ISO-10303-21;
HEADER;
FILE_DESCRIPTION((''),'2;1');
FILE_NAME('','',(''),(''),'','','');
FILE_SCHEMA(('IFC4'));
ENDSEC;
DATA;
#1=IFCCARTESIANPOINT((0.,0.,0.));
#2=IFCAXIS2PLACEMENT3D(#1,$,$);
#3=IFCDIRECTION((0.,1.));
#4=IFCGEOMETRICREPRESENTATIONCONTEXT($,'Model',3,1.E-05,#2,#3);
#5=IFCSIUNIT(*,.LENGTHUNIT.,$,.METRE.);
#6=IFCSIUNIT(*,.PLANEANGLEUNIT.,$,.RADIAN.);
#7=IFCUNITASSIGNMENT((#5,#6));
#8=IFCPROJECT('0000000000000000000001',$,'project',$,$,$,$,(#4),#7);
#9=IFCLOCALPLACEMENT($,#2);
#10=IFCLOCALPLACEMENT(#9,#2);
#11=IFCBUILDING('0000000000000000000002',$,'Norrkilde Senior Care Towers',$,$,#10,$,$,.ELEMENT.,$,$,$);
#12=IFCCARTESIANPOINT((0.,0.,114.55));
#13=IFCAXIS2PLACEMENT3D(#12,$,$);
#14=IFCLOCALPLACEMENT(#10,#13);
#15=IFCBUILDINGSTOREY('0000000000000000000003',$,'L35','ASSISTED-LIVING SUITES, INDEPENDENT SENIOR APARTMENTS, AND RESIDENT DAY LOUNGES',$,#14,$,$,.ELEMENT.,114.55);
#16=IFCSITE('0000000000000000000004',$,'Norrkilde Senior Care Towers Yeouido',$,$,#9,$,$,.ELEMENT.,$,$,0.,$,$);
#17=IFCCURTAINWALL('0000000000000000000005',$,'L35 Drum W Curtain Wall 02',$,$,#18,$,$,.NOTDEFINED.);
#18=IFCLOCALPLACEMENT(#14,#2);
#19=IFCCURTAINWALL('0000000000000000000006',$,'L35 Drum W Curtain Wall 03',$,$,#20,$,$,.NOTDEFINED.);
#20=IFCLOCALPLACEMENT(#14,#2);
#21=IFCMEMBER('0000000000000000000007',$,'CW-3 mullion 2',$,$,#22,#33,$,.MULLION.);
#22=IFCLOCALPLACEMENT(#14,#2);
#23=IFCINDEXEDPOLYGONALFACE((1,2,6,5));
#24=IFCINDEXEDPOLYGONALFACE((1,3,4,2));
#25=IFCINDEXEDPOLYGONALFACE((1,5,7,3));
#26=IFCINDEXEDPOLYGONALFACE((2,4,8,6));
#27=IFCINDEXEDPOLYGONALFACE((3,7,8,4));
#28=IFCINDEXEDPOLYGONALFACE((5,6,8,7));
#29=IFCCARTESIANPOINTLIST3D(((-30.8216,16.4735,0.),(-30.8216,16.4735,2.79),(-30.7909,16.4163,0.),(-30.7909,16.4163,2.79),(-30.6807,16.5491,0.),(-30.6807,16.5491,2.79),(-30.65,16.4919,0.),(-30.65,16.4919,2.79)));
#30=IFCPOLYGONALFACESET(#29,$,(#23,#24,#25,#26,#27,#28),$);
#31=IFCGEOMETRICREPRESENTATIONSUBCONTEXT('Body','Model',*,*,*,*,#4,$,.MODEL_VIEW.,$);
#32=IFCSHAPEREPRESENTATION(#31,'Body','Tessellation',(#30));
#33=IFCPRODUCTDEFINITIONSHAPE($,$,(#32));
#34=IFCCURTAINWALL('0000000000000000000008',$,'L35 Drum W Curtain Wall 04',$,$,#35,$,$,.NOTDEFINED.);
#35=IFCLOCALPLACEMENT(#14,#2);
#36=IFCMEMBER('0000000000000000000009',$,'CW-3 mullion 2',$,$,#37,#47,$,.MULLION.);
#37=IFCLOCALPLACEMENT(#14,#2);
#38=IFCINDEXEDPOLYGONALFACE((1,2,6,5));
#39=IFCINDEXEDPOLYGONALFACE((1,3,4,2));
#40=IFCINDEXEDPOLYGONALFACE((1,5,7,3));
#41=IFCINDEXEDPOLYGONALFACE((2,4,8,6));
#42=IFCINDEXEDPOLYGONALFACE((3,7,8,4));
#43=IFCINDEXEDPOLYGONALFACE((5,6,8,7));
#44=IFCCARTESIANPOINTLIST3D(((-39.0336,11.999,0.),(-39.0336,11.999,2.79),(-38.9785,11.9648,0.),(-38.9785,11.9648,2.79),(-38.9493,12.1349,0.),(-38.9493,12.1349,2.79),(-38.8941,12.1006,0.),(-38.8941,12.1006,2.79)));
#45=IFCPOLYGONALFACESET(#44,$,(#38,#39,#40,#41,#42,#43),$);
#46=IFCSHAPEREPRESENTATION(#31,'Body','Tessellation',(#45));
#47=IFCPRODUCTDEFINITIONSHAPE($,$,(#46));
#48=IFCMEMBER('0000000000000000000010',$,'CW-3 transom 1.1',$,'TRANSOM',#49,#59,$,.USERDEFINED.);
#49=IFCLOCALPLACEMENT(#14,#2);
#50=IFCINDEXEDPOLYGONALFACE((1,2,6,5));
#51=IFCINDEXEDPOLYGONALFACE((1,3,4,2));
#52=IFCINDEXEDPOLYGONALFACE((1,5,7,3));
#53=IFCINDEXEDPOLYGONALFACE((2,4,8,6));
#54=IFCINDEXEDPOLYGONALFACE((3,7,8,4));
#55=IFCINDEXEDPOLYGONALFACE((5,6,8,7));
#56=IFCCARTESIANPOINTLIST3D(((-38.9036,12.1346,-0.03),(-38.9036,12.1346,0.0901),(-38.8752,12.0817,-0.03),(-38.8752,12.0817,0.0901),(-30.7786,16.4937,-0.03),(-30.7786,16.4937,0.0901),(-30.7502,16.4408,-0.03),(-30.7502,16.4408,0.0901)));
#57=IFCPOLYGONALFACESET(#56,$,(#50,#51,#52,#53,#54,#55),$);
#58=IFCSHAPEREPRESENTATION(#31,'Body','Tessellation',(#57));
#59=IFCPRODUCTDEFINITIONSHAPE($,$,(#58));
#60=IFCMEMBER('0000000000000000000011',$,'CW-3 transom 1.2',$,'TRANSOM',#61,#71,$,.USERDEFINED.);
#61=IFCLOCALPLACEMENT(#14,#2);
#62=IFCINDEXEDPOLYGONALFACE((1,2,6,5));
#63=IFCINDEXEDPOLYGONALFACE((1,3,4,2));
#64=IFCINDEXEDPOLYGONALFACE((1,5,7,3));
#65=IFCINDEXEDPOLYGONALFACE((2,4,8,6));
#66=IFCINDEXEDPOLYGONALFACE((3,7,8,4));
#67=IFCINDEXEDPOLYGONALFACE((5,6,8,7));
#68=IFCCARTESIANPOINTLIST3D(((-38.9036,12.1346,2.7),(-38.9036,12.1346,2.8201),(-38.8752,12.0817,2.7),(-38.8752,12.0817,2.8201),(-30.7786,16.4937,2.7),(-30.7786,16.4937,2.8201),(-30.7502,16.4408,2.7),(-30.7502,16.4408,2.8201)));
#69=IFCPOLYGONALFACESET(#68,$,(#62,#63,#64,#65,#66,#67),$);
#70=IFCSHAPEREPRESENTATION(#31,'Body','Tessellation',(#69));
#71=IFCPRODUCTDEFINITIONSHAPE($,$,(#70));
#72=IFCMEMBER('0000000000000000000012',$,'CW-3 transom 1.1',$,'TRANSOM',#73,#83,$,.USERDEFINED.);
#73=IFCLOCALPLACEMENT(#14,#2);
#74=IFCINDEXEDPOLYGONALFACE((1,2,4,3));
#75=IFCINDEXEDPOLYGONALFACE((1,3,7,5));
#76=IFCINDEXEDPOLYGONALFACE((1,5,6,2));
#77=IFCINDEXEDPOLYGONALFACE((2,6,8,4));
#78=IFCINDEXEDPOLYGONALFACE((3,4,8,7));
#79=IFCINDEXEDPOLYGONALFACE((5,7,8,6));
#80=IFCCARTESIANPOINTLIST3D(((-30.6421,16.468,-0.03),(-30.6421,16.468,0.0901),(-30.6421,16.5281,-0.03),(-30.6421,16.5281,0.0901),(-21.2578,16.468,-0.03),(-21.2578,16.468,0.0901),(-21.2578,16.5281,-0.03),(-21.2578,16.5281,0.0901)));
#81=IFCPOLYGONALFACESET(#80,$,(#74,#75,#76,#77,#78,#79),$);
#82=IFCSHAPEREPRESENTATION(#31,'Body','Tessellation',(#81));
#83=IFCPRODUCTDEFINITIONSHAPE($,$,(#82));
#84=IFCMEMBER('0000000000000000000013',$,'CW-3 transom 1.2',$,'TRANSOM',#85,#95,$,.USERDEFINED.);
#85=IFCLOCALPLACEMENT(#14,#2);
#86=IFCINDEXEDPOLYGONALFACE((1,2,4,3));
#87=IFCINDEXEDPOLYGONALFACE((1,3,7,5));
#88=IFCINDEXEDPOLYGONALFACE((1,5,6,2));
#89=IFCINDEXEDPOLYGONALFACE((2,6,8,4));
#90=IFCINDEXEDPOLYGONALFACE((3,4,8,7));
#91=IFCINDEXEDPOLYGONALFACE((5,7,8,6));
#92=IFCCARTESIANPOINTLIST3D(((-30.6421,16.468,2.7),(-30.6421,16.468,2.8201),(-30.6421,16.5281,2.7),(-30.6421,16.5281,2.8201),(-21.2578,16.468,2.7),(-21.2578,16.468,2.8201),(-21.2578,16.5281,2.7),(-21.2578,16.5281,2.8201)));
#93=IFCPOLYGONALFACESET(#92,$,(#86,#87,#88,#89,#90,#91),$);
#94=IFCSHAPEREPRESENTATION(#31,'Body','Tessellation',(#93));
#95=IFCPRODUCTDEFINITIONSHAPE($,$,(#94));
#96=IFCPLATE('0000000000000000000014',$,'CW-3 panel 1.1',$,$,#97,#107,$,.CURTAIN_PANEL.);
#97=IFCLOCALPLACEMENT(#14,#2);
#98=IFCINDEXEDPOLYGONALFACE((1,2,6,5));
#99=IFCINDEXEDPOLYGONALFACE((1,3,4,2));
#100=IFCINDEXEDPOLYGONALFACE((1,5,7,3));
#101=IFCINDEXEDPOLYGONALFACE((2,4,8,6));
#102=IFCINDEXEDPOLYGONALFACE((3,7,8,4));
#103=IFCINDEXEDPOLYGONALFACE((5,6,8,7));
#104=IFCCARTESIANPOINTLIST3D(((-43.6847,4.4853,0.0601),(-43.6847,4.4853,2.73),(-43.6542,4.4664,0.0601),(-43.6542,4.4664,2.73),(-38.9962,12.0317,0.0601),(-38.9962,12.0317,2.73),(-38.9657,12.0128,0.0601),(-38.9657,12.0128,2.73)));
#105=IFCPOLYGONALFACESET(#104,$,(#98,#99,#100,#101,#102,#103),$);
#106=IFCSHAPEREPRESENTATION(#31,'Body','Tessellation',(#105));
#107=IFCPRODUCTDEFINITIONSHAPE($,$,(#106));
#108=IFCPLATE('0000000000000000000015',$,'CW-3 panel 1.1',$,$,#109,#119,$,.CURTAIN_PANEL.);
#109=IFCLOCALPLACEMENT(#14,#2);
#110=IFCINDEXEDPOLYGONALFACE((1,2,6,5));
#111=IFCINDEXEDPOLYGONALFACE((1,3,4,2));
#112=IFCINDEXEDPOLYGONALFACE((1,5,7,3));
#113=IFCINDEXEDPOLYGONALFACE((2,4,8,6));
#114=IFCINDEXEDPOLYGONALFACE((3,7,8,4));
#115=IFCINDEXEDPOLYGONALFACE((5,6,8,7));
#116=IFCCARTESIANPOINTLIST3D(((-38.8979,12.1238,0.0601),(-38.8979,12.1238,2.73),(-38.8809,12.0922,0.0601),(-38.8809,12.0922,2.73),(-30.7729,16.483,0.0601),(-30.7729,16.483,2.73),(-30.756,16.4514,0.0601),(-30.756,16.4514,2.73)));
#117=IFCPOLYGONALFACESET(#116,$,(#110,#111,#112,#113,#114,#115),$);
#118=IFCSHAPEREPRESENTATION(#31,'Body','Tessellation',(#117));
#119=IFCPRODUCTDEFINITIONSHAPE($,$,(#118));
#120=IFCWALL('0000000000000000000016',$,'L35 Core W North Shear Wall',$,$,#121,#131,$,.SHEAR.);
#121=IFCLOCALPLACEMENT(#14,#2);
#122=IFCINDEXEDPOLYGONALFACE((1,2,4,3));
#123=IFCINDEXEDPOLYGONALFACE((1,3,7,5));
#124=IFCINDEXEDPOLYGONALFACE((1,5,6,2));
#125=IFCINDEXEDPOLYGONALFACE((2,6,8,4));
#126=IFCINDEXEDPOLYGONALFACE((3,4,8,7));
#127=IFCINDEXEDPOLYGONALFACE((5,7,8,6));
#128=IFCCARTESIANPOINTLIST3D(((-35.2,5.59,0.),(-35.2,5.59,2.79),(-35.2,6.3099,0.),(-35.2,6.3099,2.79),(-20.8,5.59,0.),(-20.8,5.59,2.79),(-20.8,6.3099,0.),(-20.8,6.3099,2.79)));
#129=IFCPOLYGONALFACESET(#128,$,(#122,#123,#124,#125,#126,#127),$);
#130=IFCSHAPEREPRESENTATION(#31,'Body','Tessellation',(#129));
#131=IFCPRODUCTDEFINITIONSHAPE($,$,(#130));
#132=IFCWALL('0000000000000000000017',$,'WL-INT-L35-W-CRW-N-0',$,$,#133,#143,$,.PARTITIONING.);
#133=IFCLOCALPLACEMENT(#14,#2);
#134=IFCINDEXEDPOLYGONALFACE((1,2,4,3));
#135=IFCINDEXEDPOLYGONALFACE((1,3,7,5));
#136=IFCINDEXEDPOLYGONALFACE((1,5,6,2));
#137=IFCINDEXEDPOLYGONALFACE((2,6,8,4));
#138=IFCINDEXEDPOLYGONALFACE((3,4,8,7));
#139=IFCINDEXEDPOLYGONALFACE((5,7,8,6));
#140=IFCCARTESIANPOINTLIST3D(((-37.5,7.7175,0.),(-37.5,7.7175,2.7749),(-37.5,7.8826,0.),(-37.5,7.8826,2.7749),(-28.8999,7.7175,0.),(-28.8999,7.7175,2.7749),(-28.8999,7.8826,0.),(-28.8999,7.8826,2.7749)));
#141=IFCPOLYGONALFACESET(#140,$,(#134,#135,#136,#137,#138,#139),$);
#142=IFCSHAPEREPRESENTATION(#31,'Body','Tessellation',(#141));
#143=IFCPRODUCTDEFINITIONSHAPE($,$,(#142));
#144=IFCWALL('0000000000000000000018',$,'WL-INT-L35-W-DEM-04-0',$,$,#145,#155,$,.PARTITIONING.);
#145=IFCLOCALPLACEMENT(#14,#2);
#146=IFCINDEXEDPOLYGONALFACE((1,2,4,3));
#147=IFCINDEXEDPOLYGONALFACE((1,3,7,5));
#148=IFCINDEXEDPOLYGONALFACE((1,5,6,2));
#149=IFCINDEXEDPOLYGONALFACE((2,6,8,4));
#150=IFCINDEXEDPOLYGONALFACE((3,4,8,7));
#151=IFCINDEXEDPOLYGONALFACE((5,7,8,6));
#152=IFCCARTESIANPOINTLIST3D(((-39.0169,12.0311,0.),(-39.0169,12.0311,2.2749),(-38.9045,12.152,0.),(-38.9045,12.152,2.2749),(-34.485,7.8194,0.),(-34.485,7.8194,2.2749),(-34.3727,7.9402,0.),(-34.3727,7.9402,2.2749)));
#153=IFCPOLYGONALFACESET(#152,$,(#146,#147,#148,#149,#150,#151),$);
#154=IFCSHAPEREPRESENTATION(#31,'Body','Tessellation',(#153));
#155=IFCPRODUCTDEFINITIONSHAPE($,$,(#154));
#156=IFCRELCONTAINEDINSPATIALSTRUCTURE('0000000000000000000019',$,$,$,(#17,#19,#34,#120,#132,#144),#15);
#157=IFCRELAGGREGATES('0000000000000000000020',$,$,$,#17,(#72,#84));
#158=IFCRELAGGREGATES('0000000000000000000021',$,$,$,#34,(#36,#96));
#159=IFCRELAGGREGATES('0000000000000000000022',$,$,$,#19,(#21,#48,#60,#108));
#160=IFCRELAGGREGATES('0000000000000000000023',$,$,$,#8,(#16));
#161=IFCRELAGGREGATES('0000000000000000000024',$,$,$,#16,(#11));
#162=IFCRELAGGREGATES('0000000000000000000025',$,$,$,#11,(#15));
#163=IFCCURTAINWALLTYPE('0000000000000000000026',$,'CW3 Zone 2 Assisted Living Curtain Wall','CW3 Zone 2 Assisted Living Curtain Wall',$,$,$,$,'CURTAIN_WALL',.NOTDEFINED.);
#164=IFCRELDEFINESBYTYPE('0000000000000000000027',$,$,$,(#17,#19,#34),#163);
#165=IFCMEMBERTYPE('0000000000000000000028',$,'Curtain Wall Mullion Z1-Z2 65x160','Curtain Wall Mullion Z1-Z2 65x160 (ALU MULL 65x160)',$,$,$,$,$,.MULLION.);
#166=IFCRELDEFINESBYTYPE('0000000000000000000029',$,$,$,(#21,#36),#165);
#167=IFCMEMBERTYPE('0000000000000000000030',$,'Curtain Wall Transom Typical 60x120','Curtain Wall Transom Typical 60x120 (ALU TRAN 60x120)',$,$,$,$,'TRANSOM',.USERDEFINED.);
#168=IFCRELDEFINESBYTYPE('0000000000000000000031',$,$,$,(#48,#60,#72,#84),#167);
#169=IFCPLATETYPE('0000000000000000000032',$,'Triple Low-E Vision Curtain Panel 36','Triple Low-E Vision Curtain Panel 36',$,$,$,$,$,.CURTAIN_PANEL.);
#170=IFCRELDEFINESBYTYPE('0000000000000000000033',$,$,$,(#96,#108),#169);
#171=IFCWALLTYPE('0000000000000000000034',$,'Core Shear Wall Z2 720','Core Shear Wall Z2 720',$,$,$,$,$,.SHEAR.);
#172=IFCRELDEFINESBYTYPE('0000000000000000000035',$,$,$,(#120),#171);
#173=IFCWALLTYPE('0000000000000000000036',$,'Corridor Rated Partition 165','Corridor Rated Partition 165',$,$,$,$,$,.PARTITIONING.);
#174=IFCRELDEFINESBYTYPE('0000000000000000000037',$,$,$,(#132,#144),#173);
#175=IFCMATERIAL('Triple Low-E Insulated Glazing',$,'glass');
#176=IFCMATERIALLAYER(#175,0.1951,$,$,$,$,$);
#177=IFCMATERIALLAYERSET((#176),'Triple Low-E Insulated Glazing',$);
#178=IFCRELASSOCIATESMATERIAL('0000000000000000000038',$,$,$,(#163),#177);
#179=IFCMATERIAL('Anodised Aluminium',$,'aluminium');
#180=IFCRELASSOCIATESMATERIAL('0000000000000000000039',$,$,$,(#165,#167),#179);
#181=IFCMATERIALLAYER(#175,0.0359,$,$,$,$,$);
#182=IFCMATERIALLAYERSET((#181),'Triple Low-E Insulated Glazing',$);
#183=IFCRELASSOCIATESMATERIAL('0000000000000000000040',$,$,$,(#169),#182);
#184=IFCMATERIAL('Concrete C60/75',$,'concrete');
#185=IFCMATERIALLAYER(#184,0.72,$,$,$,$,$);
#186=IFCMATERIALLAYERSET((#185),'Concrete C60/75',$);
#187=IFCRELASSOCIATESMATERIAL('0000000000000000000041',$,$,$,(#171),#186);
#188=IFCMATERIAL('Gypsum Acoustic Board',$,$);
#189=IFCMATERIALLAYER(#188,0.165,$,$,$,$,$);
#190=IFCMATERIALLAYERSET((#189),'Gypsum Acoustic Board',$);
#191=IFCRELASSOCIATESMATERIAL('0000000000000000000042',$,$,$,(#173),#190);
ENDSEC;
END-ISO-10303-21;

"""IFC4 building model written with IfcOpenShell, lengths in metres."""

from ifc_helpers import new_model, si_unit, direction, frame, frame_2d, origin, origin_2d, place, context, subcontext, project, spatial, rectangle, extrude, source, transform, mapped, material, layer, layer_set, material_profile, profile_set, type_object, type_shapes, element, aggregate, save


model = new_model("IFC4")

# Units and contexts
model_context = context("Model", 3, precision=1e-05, world=origin(), true_north=direction((0.0, 1.0)))
body_context = subcontext(model_context, "Body", "Model", "MODEL_VIEW")
ifc_project = project(units=[si_unit("LENGTHUNIT", "METRE"), si_unit("PLANEANGLEUNIT", "RADIAN")], contexts=[model_context])

# Site, building, storey
site_placement = place(None, origin())
site = spatial("IfcSite", under=ifc_project, at=site_placement, Name="Norrkilde Senior Care Towers Yeouido", CompositionType="ELEMENT", RefElevation=0.0)
building_placement = place(site_placement, origin())
building = spatial("IfcBuilding", under=site, at=building_placement, Name="Norrkilde Senior Care Towers", CompositionType="ELEMENT")
storey_placement = place(building_placement, frame((0.0, 0.0, 114.55)))
storey = spatial("IfcBuildingStorey", under=building, at=storey_placement, Name="L35", Description="ASSISTED-LIVING SUITES, INDEPENDENT SENIOR APARTMENTS, AND RESIDENT DAY LOUNGES", CompositionType="ELEMENT", Elevation=114.55)

# Shared definitions
ifc_material_1 = material(Name="Concrete C60/75", Category="concrete")

# Curtain wall
ifc_material_2 = material(Name="Triple Low-E Insulated Glazing", Category="glass")
ifc_layer_1 = layer(ifc_material_2, 0.1951)
ifc_layer_set_1 = layer_set([ifc_layer_1], Name="Triple Low-E Insulated Glazing")
curtain_wall_type = type_object("IfcCurtainWallType", Name="CW3 Zone 2 Assisted Living Curtain Wall", Description="CW3 Zone 2 Assisted Living Curtain Wall", ElementType="CURTAIN_WALL", PredefinedType="NOTDEFINED", material=ifc_layer_set_1)
curtain_wall_1_placement = place(storey_placement, origin())
curtain_wall_1 = element("IfcCurtainWall", 1, at=curtain_wall_1_placement, inside=storey, type_object=curtain_wall_type, Name="L35 Drum W Curtain Wall 02", PredefinedType="NOTDEFINED")
ifc_material_3 = material(Name="Anodised Aluminium", Category="aluminium")
ifc_material_profile_1 = material_profile(ifc_material_3, rectangle(XDim=0.0649, YDim=0.1599, at=origin_2d()), Name="ALU MULL 65x160")
ifc_profile_set_1 = profile_set([ifc_material_profile_1], Name="Anodised Aluminium")
member_type_1 = type_object("IfcMemberType", Name="Curtain Wall Mullion Z1-Z2 65x160", Description="Curtain Wall Mullion Z1-Z2 65x160 (ALU MULL 65x160)", PredefinedType="MULLION", material=ifc_profile_set_1)
shared_shape_1 = source(origin(), body_context, "Body", "SweptSolid", [
    extrude(rectangle(XDim=0.0649, YDim=0.1599, at=origin_2d()), origin(), (0.0, 0.0, 1.0), 2.79),
])
type_shapes(member_type_1, [shared_shape_1])

# Curtain wall, member
curtain_wall_2_placement = place(storey_placement, origin())
curtain_wall_2 = element("IfcCurtainWall", 2, at=curtain_wall_2_placement, inside=storey, type_object=curtain_wall_type, Name="L35 Drum W Curtain Wall 03", PredefinedType="NOTDEFINED")
member_1_placement = place(storey_placement, frame((-30.7358, 16.4827, 0.0), z_axis=(0.0, 0.0, 1.0), x_axis=(-0.472769, 0.881186, 0.0)))
member_1 = element("IfcMember", 3, at=member_1_placement, type_object=member_type_1, Name="CW-3 mullion 2", PredefinedType="MULLION", context=body_context, shape_type="MappedRepresentation", body=[
    mapped(shared_shape_1, transform((0.0, 0.0, 0.0), x_axis=(1.0, 0.0, 0.0), y_axis=(0.0, 1.0, 0.0), z_axis=(0.0, 0.0, 1.0), scale=1.0)),
])

# Curtain wall, member
curtain_wall_3_placement = place(storey_placement, origin())
curtain_wall_3 = element("IfcCurtainWall", 4, at=curtain_wall_3_placement, inside=storey, type_object=curtain_wall_type, Name="L35 Drum W Curtain Wall 04", PredefinedType="NOTDEFINED")
member_2_placement = place(storey_placement, frame((-38.9639, 12.0498, 0.0), z_axis=(0.0, 0.0, 1.0), x_axis=(-0.84941, 0.527733, 0.0)))
member_2 = element("IfcMember", 5, at=member_2_placement, type_object=member_type_1, Name="CW-3 mullion 2", PredefinedType="MULLION", context=body_context, shape_type="MappedRepresentation", body=[
    mapped(shared_shape_1, transform((0.0, 0.0, 0.0), x_axis=(1.0, 0.0, 0.0), y_axis=(0.0, 1.0, 0.0), z_axis=(0.0, 0.0, 1.0), scale=1.0)),
])

# Members
ifc_material_profile_2 = material_profile(ifc_material_3, rectangle(XDim=0.0601, YDim=0.1201, at=origin_2d()), Name="ALU TRAN 60x120")
ifc_profile_set_2 = profile_set([ifc_material_profile_2], Name="Anodised Aluminium")
member_type_2 = type_object("IfcMemberType", Name="Curtain Wall Transom Typical 60x120", Description="Curtain Wall Transom Typical 60x120 (ALU TRAN 60x120)", ElementType="TRANSOM", PredefinedType="USERDEFINED", material=ifc_profile_set_2)
shared_shape_2 = source(origin(), body_context, "Body", "SweptSolid", [
    extrude(rectangle(XDim=0.0601, YDim=0.1201, at=origin_2d()), origin(), (0.0, 0.0, 1.0), 9.2205),
])
member_3_placement = place(storey_placement, frame((-38.8894, 12.1082, 0.03), z_axis=(0.881189, 0.472765, 0.0), x_axis=(-0.472765, 0.881189, 0.0)))
member_3 = element("IfcMember", 6, at=member_3_placement, type_object=member_type_2, Name="CW-3 transom 1.1", ObjectType="TRANSOM", PredefinedType="USERDEFINED", context=body_context, shape_type="MappedRepresentation", body=[
    mapped(shared_shape_2, transform((0.0, 0.0, 0.0), x_axis=(1.0, 0.0, 0.0), y_axis=(0.0, 1.0, 0.0), z_axis=(0.0, 0.0, 1.0), scale=1.0)),
])
member_4_placement = place(storey_placement, frame((-38.8894, 12.1082, 2.76), z_axis=(0.881189, 0.472765, 0.0), x_axis=(-0.472765, 0.881189, 0.0)))
member_4 = element("IfcMember", 7, at=member_4_placement, type_object=member_type_2, Name="CW-3 transom 1.2", ObjectType="TRANSOM", PredefinedType="USERDEFINED", context=body_context, shape_type="MappedRepresentation", body=[
    mapped(shared_shape_2, transform((0.0, 0.0, 0.0), x_axis=(1.0, 0.0, 0.0), y_axis=(0.0, 1.0, 0.0), z_axis=(0.0, 0.0, 1.0), scale=1.0)),
])
shared_shape_3 = source(origin(), body_context, "Body", "SweptSolid", [
    extrude(rectangle(XDim=0.0601, YDim=0.1201, at=origin_2d()), origin(), (0.0, 0.0, 1.0), 9.3843),
])
type_shapes(member_type_2, [shared_shape_2, shared_shape_3])
member_5_placement = place(storey_placement, frame((-30.6421, 16.498, 0.03), z_axis=(1.0, 0.0, 0.0), x_axis=(0.0, 1.0, 0.0)))
member_5 = element("IfcMember", 8, at=member_5_placement, type_object=member_type_2, Name="CW-3 transom 1.1", ObjectType="TRANSOM", PredefinedType="USERDEFINED", context=body_context, shape_type="MappedRepresentation", body=[
    mapped(shared_shape_3, transform((0.0, 0.0, 0.0), x_axis=(1.0, 0.0, 0.0), y_axis=(0.0, 1.0, 0.0), z_axis=(0.0, 0.0, 1.0), scale=1.0)),
])
member_6_placement = place(storey_placement, frame((-30.6421, 16.498, 2.76), z_axis=(1.0, 0.0, 0.0), x_axis=(0.0, 1.0, 0.0)))
member_6 = element("IfcMember", 9, at=member_6_placement, type_object=member_type_2, Name="CW-3 transom 1.2", ObjectType="TRANSOM", PredefinedType="USERDEFINED", context=body_context, shape_type="MappedRepresentation", body=[
    mapped(shared_shape_3, transform((0.0, 0.0, 0.0), x_axis=(1.0, 0.0, 0.0), y_axis=(0.0, 1.0, 0.0), z_axis=(0.0, 0.0, 1.0), scale=1.0)),
])
aggregate(curtain_wall_1, [member_5, member_6])

# Plates
ifc_layer_2 = layer(ifc_material_2, 0.0359)
ifc_layer_set_2 = layer_set([ifc_layer_2], Name="Triple Low-E Insulated Glazing")
plate_type = type_object("IfcPlateType", Name="Triple Low-E Vision Curtain Panel 36", Description="Triple Low-E Vision Curtain Panel 36", PredefinedType="CURTAIN_PANEL", material=ifc_layer_set_2)
shared_shape_4 = source(origin(), body_context, "Body", "SweptSolid", [
    extrude(rectangle(XDim=8.8843, YDim=0.0359, at=origin_2d()), origin(), (0.0, 0.0, 1.0), 2.6699),
])
plate_1_placement = place(storey_placement, frame((-41.3252, 8.249, 0.0601), z_axis=(0.0, 0.0, 1.0), x_axis=(0.527733, 0.84941, 0.0)))
plate_1 = element("IfcPlate", 10, at=plate_1_placement, type_object=plate_type, Name="CW-3 panel 1.1", PredefinedType="CURTAIN_PANEL", context=body_context, shape_type="MappedRepresentation", body=[
    mapped(shared_shape_4, transform((0.0, 0.0, 0.0), x_axis=(1.0, 0.0, 0.0), y_axis=(0.0, 1.0, 0.0), z_axis=(0.0, 0.0, 1.0), scale=1.0)),
])
aggregate(curtain_wall_3, [member_2, plate_1])
shared_shape_5 = source(origin(), body_context, "Body", "SweptSolid", [
    extrude(rectangle(XDim=9.2205, YDim=0.0359, at=origin_2d()), origin(), (0.0, 0.0, 1.0), 2.6699),
])
type_shapes(plate_type, [shared_shape_4, shared_shape_5])
plate_2_placement = place(storey_placement, frame((-34.8269, 14.2876, 0.0601), z_axis=(0.0, 0.0, 1.0), x_axis=(0.881186, 0.472769, 0.0)))
plate_2 = element("IfcPlate", 11, at=plate_2_placement, type_object=plate_type, Name="CW-3 panel 1.1", PredefinedType="CURTAIN_PANEL", context=body_context, shape_type="MappedRepresentation", body=[
    mapped(shared_shape_5, transform((0.0, 0.0, 0.0), x_axis=(1.0, 0.0, 0.0), y_axis=(0.0, 1.0, 0.0), z_axis=(0.0, 0.0, 1.0), scale=1.0)),
])
aggregate(curtain_wall_2, [member_1, member_3, member_4, plate_2])

# Walls
ifc_layer_3 = layer(ifc_material_1, 0.72)
ifc_layer_set_3 = layer_set([ifc_layer_3], Name="Concrete C60/75")
wall_type_1 = type_object("IfcWallType", Name="Core Shear Wall Z2 720", Description="Core Shear Wall Z2 720", PredefinedType="SHEAR", material=ifc_layer_set_3)
shared_shape_6 = source(origin(), body_context, "Body", "SweptSolid", [
    extrude(rectangle(XDim=14.3999, YDim=0.72, at=frame_2d((7.2, 0.0))), origin(), (0.0, 0.0, 1.0), 2.79),
])
type_shapes(wall_type_1, [shared_shape_6])
wall_1_placement = place(storey_placement, frame((-35.2, 5.95, 0.0), z_axis=(0.0, 0.0, 1.0), x_axis=(1.0, 0.0, 0.0)))
element("IfcWall", 12, at=wall_1_placement, inside=storey, type_object=wall_type_1, Name="L35 Core W North Shear Wall", PredefinedType="SHEAR", context=body_context, shape_type="MappedRepresentation", body=[
    mapped(shared_shape_6, transform((0.0, 0.0, 0.0), x_axis=(1.0, 0.0, 0.0), y_axis=(0.0, 1.0, 0.0), z_axis=(0.0, 0.0, 1.0), scale=1.0)),
])
ifc_material_4 = material(Name="Gypsum Acoustic Board")
ifc_layer_4 = layer(ifc_material_4, 0.165)
ifc_layer_set_4 = layer_set([ifc_layer_4], Name="Gypsum Acoustic Board")
wall_type_2 = type_object("IfcWallType", Name="Corridor Rated Partition 165", Description="Corridor Rated Partition 165", PredefinedType="PARTITIONING", material=ifc_layer_set_4)
shared_shape_7 = source(origin(), body_context, "Body", "SweptSolid", [
    extrude(rectangle(XDim=8.6001, YDim=0.165, at=frame_2d((4.3, 0.0))), origin(), (0.0, 0.0, 1.0), 2.7749),
])
wall_2_placement = place(storey_placement, frame((-37.5, 7.8, 0.0), z_axis=(0.0, 0.0, 1.0), x_axis=(1.0, 0.0, 0.0)))
element("IfcWall", 13, at=wall_2_placement, inside=storey, type_object=wall_type_2, Name="WL-INT-L35-W-CRW-N-0", PredefinedType="PARTITIONING", context=body_context, shape_type="MappedRepresentation", body=[
    mapped(shared_shape_7, transform((0.0, 0.0, 0.0), x_axis=(1.0, 0.0, 0.0), y_axis=(0.0, 1.0, 0.0), z_axis=(0.0, 0.0, 1.0), scale=1.0)),
])
shared_shape_8 = source(origin(), body_context, "Body", "SweptSolid", [
    extrude(rectangle(XDim=6.1868, YDim=0.165, at=frame_2d((3.0933, 0.0))), origin(), (0.0, 0.0, 1.0), 2.2749),
])
wall_3_placement = place(storey_placement, frame((-34.429, 7.8799, 0.0), z_axis=(0.0, 0.0, 1.0), x_axis=(-0.732501, 0.680766, 0.0)))
element("IfcWall", 14, at=wall_3_placement, inside=storey, type_object=wall_type_2, Name="WL-INT-L35-W-DEM-04-0", PredefinedType="PARTITIONING", context=body_context, shape_type="MappedRepresentation", body=[
    mapped(shared_shape_8, transform((0.0, 0.0, 0.0), x_axis=(1.0, 0.0, 0.0), y_axis=(0.0, 1.0, 0.0), z_axis=(0.0, 0.0, 1.0), scale=1.0)),
])

save(model, "model.ifc")
